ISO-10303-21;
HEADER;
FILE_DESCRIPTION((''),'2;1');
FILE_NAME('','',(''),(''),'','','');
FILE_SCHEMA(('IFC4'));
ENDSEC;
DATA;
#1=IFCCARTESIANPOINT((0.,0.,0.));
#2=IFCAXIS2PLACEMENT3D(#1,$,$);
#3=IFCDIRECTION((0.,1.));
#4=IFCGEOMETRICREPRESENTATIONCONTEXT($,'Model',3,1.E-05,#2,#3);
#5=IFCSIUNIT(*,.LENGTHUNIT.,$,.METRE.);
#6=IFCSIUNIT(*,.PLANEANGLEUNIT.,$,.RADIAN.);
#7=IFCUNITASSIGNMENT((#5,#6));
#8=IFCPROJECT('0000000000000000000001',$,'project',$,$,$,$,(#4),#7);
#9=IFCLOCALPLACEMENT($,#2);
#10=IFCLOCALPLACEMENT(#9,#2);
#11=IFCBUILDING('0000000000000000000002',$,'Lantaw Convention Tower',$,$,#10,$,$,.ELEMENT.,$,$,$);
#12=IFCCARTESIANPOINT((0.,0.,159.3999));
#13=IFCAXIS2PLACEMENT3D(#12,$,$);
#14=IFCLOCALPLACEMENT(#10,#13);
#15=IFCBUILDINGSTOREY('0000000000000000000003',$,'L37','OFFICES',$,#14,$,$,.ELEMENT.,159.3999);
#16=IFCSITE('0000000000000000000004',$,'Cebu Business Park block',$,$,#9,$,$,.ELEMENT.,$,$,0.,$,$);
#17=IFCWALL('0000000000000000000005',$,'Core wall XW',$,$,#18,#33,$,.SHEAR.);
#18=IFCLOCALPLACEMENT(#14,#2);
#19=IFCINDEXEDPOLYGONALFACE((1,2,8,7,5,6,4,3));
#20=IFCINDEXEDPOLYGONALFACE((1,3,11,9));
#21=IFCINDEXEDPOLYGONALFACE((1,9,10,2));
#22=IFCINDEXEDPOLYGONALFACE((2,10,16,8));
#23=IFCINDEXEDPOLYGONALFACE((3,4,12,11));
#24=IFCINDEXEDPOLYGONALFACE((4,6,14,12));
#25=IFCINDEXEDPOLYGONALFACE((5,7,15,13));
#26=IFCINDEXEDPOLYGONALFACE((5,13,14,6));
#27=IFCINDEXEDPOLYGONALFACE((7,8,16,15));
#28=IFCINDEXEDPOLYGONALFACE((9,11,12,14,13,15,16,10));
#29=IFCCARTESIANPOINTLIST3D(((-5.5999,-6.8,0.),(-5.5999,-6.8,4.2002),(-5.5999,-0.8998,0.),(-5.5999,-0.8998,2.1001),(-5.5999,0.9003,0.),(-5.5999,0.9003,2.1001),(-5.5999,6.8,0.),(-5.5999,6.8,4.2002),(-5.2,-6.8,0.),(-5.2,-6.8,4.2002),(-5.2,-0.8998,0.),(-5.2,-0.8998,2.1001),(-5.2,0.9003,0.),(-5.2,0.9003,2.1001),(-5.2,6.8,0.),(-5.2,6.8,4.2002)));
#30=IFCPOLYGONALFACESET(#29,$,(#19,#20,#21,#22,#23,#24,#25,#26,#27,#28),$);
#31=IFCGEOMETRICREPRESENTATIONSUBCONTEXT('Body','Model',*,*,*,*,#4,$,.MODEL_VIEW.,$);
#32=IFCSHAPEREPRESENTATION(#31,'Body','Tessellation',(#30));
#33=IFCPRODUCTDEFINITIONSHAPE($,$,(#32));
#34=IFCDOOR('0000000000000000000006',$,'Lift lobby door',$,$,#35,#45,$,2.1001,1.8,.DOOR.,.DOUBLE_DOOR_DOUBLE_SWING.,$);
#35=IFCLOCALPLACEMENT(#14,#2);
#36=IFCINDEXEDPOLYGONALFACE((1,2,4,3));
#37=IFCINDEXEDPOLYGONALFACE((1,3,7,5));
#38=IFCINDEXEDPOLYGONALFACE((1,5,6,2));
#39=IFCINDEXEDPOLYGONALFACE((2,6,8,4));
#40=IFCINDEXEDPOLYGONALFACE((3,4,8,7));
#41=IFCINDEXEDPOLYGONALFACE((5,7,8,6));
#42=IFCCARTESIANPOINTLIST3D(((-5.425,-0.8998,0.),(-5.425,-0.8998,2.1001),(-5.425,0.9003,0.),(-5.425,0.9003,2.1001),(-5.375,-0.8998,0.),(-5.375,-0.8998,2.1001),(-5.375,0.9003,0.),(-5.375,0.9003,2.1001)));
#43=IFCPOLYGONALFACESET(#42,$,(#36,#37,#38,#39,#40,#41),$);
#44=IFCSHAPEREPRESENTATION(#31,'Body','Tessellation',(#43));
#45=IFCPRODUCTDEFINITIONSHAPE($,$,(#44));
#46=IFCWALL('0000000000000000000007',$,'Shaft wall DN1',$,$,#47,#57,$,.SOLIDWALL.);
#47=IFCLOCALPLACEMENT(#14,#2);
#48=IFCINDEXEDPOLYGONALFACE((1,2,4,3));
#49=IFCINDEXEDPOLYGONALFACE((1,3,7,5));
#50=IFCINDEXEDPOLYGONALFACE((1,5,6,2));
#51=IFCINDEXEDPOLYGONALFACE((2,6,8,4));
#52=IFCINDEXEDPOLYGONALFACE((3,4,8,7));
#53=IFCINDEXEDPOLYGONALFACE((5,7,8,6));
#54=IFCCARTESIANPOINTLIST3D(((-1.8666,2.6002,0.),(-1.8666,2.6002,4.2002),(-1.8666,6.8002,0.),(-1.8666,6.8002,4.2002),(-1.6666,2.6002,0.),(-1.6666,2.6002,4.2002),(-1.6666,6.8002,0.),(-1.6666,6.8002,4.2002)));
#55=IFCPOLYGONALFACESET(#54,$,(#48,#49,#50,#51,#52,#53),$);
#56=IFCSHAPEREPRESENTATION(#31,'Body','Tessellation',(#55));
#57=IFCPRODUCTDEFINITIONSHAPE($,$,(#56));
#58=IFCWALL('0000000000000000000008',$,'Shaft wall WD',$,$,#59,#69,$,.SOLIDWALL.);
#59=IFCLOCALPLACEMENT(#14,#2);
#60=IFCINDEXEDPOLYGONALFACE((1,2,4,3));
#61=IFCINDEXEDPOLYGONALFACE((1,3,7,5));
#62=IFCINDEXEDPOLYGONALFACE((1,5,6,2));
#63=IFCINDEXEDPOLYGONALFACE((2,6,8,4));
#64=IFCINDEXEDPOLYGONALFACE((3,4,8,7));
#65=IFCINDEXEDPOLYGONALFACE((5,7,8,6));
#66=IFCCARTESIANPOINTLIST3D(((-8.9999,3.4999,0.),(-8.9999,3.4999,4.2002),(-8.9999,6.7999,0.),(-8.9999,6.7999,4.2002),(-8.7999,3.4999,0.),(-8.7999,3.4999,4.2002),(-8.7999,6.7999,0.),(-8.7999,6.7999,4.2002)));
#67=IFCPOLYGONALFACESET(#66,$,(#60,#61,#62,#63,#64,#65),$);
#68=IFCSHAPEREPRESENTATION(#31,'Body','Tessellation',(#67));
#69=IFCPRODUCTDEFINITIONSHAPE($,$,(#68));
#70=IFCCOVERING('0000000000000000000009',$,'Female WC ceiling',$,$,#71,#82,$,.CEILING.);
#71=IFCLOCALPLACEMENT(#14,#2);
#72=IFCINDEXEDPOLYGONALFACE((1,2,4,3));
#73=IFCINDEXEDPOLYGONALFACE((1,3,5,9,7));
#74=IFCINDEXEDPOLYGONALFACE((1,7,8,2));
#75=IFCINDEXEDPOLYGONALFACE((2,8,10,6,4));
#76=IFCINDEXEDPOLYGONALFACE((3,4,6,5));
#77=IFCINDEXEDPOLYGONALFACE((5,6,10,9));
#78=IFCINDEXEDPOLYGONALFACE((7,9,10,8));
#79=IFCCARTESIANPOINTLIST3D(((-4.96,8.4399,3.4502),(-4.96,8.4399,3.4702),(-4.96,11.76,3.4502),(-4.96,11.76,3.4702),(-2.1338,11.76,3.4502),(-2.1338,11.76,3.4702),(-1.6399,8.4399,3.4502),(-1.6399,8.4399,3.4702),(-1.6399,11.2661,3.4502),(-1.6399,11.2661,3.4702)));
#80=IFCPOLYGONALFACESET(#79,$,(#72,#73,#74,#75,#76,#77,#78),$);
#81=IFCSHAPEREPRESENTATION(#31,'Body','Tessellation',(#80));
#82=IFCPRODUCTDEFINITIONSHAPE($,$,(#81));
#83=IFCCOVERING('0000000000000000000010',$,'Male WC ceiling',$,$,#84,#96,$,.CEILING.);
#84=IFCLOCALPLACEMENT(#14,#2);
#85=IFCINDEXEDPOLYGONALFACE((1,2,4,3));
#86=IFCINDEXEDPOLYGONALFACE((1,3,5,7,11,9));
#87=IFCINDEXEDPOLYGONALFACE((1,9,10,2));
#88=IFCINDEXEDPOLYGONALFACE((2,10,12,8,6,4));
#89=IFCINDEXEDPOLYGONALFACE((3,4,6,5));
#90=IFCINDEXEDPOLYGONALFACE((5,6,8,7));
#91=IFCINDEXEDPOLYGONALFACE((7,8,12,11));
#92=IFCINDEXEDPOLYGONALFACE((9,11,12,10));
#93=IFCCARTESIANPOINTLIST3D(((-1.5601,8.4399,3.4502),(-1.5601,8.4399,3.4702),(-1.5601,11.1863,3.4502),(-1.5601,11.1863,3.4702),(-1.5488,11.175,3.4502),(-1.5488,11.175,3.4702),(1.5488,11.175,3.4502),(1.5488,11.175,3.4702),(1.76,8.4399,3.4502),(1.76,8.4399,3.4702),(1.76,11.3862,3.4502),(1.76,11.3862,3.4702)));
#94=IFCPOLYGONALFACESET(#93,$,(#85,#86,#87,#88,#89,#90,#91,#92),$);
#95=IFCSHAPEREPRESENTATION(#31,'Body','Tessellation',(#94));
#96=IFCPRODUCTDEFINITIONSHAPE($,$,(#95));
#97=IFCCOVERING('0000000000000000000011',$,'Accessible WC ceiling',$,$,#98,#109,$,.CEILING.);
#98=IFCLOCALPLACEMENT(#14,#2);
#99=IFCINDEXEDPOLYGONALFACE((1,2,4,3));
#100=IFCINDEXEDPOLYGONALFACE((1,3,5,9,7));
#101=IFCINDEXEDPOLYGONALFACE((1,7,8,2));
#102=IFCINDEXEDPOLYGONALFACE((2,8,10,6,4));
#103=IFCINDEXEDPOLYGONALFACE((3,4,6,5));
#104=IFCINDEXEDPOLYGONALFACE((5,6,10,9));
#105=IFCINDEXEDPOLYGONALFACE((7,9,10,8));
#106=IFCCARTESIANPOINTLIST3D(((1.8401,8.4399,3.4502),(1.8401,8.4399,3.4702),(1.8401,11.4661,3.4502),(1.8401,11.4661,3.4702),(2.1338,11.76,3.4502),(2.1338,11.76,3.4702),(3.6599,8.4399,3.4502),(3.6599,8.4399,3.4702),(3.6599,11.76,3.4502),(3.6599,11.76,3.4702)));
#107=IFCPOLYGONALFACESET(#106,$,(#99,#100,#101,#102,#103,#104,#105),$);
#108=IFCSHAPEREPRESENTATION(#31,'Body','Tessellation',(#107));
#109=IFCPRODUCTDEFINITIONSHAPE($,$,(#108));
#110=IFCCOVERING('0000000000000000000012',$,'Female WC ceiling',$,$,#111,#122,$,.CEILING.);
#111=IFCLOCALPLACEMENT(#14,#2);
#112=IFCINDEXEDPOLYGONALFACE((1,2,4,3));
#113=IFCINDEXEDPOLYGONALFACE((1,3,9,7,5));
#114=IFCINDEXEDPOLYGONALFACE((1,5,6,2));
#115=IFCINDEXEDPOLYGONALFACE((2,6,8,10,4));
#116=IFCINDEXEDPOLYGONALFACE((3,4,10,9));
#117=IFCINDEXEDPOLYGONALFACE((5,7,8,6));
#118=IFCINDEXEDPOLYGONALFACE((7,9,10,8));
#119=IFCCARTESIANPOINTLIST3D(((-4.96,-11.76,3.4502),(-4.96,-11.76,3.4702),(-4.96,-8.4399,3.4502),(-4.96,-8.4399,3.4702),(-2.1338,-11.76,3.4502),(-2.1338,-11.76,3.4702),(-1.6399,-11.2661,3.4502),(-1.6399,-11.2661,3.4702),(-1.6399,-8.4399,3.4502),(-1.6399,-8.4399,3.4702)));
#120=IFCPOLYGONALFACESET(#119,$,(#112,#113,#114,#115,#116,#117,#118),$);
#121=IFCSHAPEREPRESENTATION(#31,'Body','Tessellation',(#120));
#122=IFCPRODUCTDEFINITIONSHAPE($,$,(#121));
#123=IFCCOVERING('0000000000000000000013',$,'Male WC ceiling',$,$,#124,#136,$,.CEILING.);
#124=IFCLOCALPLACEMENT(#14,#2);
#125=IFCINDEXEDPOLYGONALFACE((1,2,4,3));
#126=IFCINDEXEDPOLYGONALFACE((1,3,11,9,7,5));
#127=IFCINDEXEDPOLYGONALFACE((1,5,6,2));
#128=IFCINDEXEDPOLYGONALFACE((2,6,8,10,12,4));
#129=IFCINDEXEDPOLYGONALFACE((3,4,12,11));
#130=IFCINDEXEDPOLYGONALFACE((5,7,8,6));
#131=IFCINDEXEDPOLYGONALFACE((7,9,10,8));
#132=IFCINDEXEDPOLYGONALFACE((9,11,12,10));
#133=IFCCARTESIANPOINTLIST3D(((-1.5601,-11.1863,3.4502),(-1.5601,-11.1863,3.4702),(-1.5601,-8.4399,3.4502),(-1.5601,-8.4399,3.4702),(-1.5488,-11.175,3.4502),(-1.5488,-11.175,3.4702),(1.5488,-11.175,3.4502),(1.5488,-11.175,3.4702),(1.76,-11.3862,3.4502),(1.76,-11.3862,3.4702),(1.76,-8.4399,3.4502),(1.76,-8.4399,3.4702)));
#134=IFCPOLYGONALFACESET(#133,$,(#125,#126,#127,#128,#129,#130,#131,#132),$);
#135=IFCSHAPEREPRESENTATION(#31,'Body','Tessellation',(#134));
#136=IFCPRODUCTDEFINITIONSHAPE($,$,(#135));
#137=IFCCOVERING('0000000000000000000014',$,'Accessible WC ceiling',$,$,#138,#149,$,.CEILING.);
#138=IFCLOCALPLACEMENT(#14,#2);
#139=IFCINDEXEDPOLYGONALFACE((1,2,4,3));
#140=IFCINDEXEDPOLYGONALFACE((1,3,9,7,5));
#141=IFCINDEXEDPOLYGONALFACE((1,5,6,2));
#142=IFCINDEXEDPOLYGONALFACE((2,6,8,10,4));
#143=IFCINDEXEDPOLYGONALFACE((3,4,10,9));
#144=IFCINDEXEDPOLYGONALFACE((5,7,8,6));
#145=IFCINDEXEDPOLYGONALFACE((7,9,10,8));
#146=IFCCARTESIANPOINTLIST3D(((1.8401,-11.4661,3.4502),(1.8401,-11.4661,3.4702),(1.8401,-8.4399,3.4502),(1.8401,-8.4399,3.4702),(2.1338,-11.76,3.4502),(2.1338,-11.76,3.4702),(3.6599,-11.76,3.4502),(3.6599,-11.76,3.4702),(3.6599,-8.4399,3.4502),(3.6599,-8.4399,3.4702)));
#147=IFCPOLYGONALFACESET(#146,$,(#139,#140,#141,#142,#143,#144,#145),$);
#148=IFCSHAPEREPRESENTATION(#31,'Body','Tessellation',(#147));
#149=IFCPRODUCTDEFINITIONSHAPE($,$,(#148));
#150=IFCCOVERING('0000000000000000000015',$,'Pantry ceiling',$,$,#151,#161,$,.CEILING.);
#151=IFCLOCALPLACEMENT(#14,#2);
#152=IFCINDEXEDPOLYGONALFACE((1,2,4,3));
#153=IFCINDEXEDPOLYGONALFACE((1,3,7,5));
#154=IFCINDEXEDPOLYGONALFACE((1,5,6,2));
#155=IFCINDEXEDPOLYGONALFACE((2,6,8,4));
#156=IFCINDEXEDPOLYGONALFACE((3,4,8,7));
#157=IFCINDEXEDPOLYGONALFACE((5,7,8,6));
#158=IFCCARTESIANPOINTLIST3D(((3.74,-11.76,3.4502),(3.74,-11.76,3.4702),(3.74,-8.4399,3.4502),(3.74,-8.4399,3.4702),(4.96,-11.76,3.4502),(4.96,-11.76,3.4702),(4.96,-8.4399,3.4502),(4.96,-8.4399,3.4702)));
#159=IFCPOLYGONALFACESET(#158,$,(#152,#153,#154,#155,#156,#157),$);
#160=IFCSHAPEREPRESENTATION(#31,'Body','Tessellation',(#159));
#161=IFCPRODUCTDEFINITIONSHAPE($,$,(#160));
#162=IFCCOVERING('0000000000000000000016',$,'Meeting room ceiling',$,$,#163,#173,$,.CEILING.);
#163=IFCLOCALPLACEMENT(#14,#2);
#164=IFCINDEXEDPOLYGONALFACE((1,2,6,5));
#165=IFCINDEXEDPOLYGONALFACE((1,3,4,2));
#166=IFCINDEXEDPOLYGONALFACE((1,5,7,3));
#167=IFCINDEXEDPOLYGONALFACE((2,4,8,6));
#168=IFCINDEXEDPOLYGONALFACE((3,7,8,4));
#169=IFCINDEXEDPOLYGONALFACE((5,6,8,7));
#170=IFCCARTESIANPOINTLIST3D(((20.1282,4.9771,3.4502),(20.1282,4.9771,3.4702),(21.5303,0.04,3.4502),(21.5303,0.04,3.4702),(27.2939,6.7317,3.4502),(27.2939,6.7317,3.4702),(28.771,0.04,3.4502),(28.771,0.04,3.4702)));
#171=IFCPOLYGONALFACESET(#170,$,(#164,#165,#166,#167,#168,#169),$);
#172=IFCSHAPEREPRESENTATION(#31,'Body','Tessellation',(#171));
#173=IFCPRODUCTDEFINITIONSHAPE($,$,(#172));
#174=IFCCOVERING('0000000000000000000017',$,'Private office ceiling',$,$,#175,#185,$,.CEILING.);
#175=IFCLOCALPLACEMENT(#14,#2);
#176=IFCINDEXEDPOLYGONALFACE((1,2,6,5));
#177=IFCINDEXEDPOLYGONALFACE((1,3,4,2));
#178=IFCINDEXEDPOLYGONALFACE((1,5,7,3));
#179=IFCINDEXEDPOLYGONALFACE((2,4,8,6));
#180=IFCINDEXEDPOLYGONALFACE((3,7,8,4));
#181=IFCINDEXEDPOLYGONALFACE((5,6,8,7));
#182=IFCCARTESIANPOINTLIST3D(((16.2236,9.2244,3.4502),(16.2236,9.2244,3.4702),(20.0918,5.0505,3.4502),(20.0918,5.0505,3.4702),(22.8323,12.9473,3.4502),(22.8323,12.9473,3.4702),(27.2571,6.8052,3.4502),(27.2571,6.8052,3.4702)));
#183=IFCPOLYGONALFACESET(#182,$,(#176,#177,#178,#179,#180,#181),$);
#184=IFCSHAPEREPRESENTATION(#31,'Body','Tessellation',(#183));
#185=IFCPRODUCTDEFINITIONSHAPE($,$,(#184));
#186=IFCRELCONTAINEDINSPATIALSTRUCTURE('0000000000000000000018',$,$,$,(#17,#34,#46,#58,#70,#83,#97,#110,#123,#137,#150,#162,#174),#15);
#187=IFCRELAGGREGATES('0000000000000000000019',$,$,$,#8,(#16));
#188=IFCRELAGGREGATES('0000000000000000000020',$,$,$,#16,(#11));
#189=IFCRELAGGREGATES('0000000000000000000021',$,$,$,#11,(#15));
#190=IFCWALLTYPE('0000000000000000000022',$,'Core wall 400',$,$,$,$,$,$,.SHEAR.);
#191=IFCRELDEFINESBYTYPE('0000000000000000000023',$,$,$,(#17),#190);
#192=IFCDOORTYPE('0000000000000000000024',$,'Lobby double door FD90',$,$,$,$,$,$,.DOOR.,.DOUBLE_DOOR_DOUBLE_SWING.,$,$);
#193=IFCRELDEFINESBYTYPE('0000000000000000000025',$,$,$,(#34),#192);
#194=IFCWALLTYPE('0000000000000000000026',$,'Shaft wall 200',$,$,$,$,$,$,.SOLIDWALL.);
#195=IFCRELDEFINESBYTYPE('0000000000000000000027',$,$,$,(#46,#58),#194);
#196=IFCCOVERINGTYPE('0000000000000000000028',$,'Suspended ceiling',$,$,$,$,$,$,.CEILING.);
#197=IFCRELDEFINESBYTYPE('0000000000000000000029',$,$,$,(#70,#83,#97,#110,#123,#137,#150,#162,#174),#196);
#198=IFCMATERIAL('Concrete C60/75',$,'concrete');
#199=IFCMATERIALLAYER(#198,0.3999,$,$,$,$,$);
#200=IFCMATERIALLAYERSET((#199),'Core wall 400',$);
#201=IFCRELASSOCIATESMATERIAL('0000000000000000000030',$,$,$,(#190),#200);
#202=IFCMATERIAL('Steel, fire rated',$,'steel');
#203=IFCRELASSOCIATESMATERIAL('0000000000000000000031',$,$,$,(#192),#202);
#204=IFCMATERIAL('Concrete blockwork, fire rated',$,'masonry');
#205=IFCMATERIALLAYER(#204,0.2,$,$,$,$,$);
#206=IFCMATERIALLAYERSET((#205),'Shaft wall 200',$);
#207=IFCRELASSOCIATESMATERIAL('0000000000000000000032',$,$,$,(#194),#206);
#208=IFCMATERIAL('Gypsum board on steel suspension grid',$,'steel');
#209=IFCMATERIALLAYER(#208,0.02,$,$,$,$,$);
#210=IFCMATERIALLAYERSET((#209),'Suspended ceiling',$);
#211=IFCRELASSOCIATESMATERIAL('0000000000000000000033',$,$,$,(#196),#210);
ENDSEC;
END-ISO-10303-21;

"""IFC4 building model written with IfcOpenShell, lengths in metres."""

from ifc_helpers import new_model, si_unit, direction, frame, frame_2d, origin, place, context, subcontext, project, spatial, polyline, rectangle, outline, extrude, material, layer, layer_set, type_object, element, fill, save


model = new_model("IFC4")

# Units and contexts
model_context = context("Model", 3, precision=1e-05, world=origin(), true_north=direction((0.0, 1.0)))
body_context = subcontext(model_context, "Body", "Model", "MODEL_VIEW")
ifc_project = project(units=[si_unit("LENGTHUNIT", "METRE"), si_unit("PLANEANGLEUNIT", "RADIAN")], contexts=[model_context])

# Site, building, storey
site_placement = place(None, origin())
site = spatial("IfcSite", under=ifc_project, at=site_placement, Name="Cebu Business Park block", CompositionType="ELEMENT", RefElevation=0.0)
building_placement = place(site_placement, origin())
building = spatial("IfcBuilding", under=site, at=building_placement, Name="Lantaw Convention Tower", CompositionType="ELEMENT")
storey_placement = place(building_placement, frame((0.0, 0.0, 159.3999)))
storey = spatial("IfcBuildingStorey", under=building, at=storey_placement, Name="L37", Description="OFFICES", CompositionType="ELEMENT", Elevation=159.3999)

# Wall, opening, door
ifc_material_1 = material(Name="Concrete C60/75", Category="concrete")
ifc_layer_1 = layer(ifc_material_1, 0.3999)
ifc_layer_set_1 = layer_set([ifc_layer_1], Name="Core wall 400")
wall_type_1 = type_object("IfcWallType", Name="Core wall 400", PredefinedType="SHEAR", material=ifc_layer_set_1)
wall_1_placement = place(storey_placement, frame((-5.3999, 6.8, 0.0), z_axis=(0.0, 0.0, 1.0), x_axis=(0.0, -1.0, 0.0)))
wall_1 = element("IfcWall", 1, at=wall_1_placement, inside=storey, type_object=wall_type_1, Name="Core wall XW", PredefinedType="SHEAR", context=body_context, shape_type="SweptSolid", body=[
    extrude(rectangle(XDim=13.6001, YDim=0.3999, at=frame_2d((6.8, 0.0))), origin(), (0.0, 0.0, 1.0), 4.2002),
])
opening_placement = place(wall_1_placement, frame((5.8999, 0.0, 0.0)))
opening = element("IfcOpeningElement", 2, at=opening_placement, cuts=wall_1, PredefinedType="OPENING", context=body_context, shape_type="SweptSolid", body=[
    extrude(rectangle(XDim=1.8, YDim=2.1001, at=frame_2d((0.8999, 1.05))), frame((0.0, 0.21, 0.0), z_axis=(0.0, -1.0, 0.0), x_axis=(1.0, 0.0, 0.0)), (0.0, 0.0, 1.0), 0.4199),
])
ifc_material_2 = material(Name="Steel, fire rated", Category="steel")
door_type = type_object("IfcDoorType", Name="Lobby double door FD90", OperationType="DOUBLE_DOOR_DOUBLE_SWING", PredefinedType="DOOR", material=ifc_material_2)
door_placement = place(opening_placement, origin())
door = element("IfcDoor", 3, at=door_placement, inside=storey, type_object=door_type, Name="Lift lobby door", OperationType="DOUBLE_DOOR_DOUBLE_SWING", OverallHeight=2.1001, OverallWidth=1.8, PredefinedType="DOOR", context=body_context, shape_type="SweptSolid", body=[
    extrude(rectangle(XDim=1.8, YDim=2.1001, at=frame_2d((0.8999, 1.05))), frame((0.0, 0.0249, 0.0), z_axis=(0.0, -1.0, 0.0), x_axis=(1.0, 0.0, 0.0)), (0.0, 0.0, 1.0), 0.05),
])
fill(opening, door)

# Walls
ifc_material_3 = material(Name="Concrete blockwork, fire rated", Category="masonry")
ifc_layer_2 = layer(ifc_material_3, 0.2)
ifc_layer_set_2 = layer_set([ifc_layer_2], Name="Shaft wall 200")
wall_type_2 = type_object("IfcWallType", Name="Shaft wall 200", PredefinedType="SOLIDWALL", material=ifc_layer_set_2)
wall_2_placement = place(storey_placement, frame((-1.7666, 2.6001, 0.0), z_axis=(0.0, 0.0, 1.0), x_axis=(0.0, 1.0, 0.0)))
element("IfcWall", 4, at=wall_2_placement, inside=storey, type_object=wall_type_2, Name="Shaft wall DN1", PredefinedType="SOLIDWALL", context=body_context, shape_type="SweptSolid", body=[
    extrude(rectangle(XDim=4.2, YDim=0.2, at=frame_2d((2.1001, 0.0))), origin(), (0.0, 0.0, 1.0), 4.2002),
])
wall_3_placement = place(storey_placement, frame((-8.8999, 3.5, 0.0), z_axis=(0.0, 0.0, 1.0), x_axis=(0.0, 1.0, 0.0)))
element("IfcWall", 5, at=wall_3_placement, inside=storey, type_object=wall_type_2, Name="Shaft wall WD", PredefinedType="SOLIDWALL", context=body_context, shape_type="SweptSolid", body=[
    extrude(rectangle(XDim=3.3, YDim=0.2, at=frame_2d((1.6499, 0.0))), origin(), (0.0, 0.0, 1.0), 4.2002),
])

# Coverings
ifc_material_4 = material(Name="Gypsum board on steel suspension grid", Category="steel")
ifc_layer_3 = layer(ifc_material_4, 0.02)
ifc_layer_set_3 = layer_set([ifc_layer_3], Name="Suspended ceiling")
covering_type = type_object("IfcCoveringType", Name="Suspended ceiling", PredefinedType="CEILING", material=ifc_layer_set_3)
covering_1_placement = place(storey_placement, frame((0.0, 0.0, 3.4502)))
element("IfcCovering", 6, at=covering_1_placement, inside=storey, type_object=covering_type, Name="Female WC ceiling", PredefinedType="CEILING", context=body_context, shape_type="SweptSolid", body=[
    extrude(outline(polyline([(-4.96, 11.76), (-4.96, 8.4399), (-1.6399, 8.4399), (-1.6399, 11.2661), (-2.1338, 11.76), (-4.96, 11.76)])), origin(), (0.0, 0.0, 1.0), 0.02),
])
covering_2_placement = place(storey_placement, frame((0.0, 0.0, 3.4502)))
element("IfcCovering", 7, at=covering_2_placement, inside=storey, type_object=covering_type, Name="Male WC ceiling", PredefinedType="CEILING", context=body_context, shape_type="SweptSolid", body=[
    extrude(outline(polyline([(-1.5601, 11.1863), (-1.5601, 8.4399), (1.76, 8.4399), (1.76, 11.3862), (1.5488, 11.175), (-1.5488, 11.175), (-1.5601, 11.1863)])), origin(), (0.0, 0.0, 1.0), 0.02),
])
covering_3_placement = place(storey_placement, frame((0.0, 0.0, 3.4502)))
element("IfcCovering", 8, at=covering_3_placement, inside=storey, type_object=covering_type, Name="Accessible WC ceiling", PredefinedType="CEILING", context=body_context, shape_type="SweptSolid", body=[
    extrude(outline(polyline([(1.8401, 11.4661), (1.8401, 8.4399), (3.6599, 8.4399), (3.6599, 11.76), (2.1338, 11.76), (1.8401, 11.4661)])), origin(), (0.0, 0.0, 1.0), 0.02),
])
covering_4_placement = place(storey_placement, frame((0.0, 0.0, 3.4502)))
element("IfcCovering", 9, at=covering_4_placement, inside=storey, type_object=covering_type, Name="Female WC ceiling", PredefinedType="CEILING", context=body_context, shape_type="SweptSolid", body=[
    extrude(outline(polyline([(-4.96, -8.4399), (-4.96, -11.76), (-2.1338, -11.76), (-1.6399, -11.2661), (-1.6399, -8.4399), (-4.96, -8.4399)])), origin(), (0.0, 0.0, 1.0), 0.02),
])
covering_5_placement = place(storey_placement, frame((0.0, 0.0, 3.4502)))
element("IfcCovering", 10, at=covering_5_placement, inside=storey, type_object=covering_type, Name="Male WC ceiling", PredefinedType="CEILING", context=body_context, shape_type="SweptSolid", body=[
    extrude(outline(polyline([(-1.5601, -11.1863), (-1.5488, -11.175), (1.5488, -11.175), (1.76, -11.3862), (1.76, -8.4399), (-1.5601, -8.4399), (-1.5601, -11.1863)])), origin(), (0.0, 0.0, 1.0), 0.02),
])
covering_6_placement = place(storey_placement, frame((0.0, 0.0, 3.4502)))
element("IfcCovering", 11, at=covering_6_placement, inside=storey, type_object=covering_type, Name="Accessible WC ceiling", PredefinedType="CEILING", context=body_context, shape_type="SweptSolid", body=[
    extrude(outline(polyline([(1.8401, -8.4399), (1.8401, -11.4661), (2.1338, -11.76), (3.6599, -11.76), (3.6599, -8.4399), (1.8401, -8.4399)])), origin(), (0.0, 0.0, 1.0), 0.02),
])
covering_7_placement = place(storey_placement, frame((0.0, 0.0, 3.4502)))
element("IfcCovering", 12, at=covering_7_placement, inside=storey, type_object=covering_type, Name="Pantry ceiling", PredefinedType="CEILING", context=body_context, shape_type="SweptSolid", body=[
    extrude(outline(polyline([(3.74, -11.76), (4.96, -11.76), (4.96, -8.4399), (3.74, -8.4399), (3.74, -11.76)])), origin(), (0.0, 0.0, 1.0), 0.02),
])
covering_8_placement = place(storey_placement, frame((0.0, 0.0, 3.4502)))
element("IfcCovering", 13, at=covering_8_placement, inside=storey, type_object=covering_type, Name="Meeting room ceiling", PredefinedType="CEILING", context=body_context, shape_type="SweptSolid", body=[
    extrude(outline(polyline([(21.5303, 0.04), (28.771, 0.04), (27.2939, 6.7317), (20.1282, 4.9771), (21.5303, 0.04)])), origin(), (0.0, 0.0, 1.0), 0.02),
])
covering_9_placement = place(storey_placement, frame((0.0, 0.0, 3.4502)))
element("IfcCovering", 14, at=covering_9_placement, inside=storey, type_object=covering_type, Name="Private office ceiling", PredefinedType="CEILING", context=body_context, shape_type="SweptSolid", body=[
    extrude(outline(polyline([(20.0918, 5.0505), (27.2571, 6.8052), (22.8323, 12.9473), (16.2236, 9.2244), (20.0918, 5.0505)])), origin(), (0.0, 0.0, 1.0), 0.02),
])

save(model, "model.ifc")
